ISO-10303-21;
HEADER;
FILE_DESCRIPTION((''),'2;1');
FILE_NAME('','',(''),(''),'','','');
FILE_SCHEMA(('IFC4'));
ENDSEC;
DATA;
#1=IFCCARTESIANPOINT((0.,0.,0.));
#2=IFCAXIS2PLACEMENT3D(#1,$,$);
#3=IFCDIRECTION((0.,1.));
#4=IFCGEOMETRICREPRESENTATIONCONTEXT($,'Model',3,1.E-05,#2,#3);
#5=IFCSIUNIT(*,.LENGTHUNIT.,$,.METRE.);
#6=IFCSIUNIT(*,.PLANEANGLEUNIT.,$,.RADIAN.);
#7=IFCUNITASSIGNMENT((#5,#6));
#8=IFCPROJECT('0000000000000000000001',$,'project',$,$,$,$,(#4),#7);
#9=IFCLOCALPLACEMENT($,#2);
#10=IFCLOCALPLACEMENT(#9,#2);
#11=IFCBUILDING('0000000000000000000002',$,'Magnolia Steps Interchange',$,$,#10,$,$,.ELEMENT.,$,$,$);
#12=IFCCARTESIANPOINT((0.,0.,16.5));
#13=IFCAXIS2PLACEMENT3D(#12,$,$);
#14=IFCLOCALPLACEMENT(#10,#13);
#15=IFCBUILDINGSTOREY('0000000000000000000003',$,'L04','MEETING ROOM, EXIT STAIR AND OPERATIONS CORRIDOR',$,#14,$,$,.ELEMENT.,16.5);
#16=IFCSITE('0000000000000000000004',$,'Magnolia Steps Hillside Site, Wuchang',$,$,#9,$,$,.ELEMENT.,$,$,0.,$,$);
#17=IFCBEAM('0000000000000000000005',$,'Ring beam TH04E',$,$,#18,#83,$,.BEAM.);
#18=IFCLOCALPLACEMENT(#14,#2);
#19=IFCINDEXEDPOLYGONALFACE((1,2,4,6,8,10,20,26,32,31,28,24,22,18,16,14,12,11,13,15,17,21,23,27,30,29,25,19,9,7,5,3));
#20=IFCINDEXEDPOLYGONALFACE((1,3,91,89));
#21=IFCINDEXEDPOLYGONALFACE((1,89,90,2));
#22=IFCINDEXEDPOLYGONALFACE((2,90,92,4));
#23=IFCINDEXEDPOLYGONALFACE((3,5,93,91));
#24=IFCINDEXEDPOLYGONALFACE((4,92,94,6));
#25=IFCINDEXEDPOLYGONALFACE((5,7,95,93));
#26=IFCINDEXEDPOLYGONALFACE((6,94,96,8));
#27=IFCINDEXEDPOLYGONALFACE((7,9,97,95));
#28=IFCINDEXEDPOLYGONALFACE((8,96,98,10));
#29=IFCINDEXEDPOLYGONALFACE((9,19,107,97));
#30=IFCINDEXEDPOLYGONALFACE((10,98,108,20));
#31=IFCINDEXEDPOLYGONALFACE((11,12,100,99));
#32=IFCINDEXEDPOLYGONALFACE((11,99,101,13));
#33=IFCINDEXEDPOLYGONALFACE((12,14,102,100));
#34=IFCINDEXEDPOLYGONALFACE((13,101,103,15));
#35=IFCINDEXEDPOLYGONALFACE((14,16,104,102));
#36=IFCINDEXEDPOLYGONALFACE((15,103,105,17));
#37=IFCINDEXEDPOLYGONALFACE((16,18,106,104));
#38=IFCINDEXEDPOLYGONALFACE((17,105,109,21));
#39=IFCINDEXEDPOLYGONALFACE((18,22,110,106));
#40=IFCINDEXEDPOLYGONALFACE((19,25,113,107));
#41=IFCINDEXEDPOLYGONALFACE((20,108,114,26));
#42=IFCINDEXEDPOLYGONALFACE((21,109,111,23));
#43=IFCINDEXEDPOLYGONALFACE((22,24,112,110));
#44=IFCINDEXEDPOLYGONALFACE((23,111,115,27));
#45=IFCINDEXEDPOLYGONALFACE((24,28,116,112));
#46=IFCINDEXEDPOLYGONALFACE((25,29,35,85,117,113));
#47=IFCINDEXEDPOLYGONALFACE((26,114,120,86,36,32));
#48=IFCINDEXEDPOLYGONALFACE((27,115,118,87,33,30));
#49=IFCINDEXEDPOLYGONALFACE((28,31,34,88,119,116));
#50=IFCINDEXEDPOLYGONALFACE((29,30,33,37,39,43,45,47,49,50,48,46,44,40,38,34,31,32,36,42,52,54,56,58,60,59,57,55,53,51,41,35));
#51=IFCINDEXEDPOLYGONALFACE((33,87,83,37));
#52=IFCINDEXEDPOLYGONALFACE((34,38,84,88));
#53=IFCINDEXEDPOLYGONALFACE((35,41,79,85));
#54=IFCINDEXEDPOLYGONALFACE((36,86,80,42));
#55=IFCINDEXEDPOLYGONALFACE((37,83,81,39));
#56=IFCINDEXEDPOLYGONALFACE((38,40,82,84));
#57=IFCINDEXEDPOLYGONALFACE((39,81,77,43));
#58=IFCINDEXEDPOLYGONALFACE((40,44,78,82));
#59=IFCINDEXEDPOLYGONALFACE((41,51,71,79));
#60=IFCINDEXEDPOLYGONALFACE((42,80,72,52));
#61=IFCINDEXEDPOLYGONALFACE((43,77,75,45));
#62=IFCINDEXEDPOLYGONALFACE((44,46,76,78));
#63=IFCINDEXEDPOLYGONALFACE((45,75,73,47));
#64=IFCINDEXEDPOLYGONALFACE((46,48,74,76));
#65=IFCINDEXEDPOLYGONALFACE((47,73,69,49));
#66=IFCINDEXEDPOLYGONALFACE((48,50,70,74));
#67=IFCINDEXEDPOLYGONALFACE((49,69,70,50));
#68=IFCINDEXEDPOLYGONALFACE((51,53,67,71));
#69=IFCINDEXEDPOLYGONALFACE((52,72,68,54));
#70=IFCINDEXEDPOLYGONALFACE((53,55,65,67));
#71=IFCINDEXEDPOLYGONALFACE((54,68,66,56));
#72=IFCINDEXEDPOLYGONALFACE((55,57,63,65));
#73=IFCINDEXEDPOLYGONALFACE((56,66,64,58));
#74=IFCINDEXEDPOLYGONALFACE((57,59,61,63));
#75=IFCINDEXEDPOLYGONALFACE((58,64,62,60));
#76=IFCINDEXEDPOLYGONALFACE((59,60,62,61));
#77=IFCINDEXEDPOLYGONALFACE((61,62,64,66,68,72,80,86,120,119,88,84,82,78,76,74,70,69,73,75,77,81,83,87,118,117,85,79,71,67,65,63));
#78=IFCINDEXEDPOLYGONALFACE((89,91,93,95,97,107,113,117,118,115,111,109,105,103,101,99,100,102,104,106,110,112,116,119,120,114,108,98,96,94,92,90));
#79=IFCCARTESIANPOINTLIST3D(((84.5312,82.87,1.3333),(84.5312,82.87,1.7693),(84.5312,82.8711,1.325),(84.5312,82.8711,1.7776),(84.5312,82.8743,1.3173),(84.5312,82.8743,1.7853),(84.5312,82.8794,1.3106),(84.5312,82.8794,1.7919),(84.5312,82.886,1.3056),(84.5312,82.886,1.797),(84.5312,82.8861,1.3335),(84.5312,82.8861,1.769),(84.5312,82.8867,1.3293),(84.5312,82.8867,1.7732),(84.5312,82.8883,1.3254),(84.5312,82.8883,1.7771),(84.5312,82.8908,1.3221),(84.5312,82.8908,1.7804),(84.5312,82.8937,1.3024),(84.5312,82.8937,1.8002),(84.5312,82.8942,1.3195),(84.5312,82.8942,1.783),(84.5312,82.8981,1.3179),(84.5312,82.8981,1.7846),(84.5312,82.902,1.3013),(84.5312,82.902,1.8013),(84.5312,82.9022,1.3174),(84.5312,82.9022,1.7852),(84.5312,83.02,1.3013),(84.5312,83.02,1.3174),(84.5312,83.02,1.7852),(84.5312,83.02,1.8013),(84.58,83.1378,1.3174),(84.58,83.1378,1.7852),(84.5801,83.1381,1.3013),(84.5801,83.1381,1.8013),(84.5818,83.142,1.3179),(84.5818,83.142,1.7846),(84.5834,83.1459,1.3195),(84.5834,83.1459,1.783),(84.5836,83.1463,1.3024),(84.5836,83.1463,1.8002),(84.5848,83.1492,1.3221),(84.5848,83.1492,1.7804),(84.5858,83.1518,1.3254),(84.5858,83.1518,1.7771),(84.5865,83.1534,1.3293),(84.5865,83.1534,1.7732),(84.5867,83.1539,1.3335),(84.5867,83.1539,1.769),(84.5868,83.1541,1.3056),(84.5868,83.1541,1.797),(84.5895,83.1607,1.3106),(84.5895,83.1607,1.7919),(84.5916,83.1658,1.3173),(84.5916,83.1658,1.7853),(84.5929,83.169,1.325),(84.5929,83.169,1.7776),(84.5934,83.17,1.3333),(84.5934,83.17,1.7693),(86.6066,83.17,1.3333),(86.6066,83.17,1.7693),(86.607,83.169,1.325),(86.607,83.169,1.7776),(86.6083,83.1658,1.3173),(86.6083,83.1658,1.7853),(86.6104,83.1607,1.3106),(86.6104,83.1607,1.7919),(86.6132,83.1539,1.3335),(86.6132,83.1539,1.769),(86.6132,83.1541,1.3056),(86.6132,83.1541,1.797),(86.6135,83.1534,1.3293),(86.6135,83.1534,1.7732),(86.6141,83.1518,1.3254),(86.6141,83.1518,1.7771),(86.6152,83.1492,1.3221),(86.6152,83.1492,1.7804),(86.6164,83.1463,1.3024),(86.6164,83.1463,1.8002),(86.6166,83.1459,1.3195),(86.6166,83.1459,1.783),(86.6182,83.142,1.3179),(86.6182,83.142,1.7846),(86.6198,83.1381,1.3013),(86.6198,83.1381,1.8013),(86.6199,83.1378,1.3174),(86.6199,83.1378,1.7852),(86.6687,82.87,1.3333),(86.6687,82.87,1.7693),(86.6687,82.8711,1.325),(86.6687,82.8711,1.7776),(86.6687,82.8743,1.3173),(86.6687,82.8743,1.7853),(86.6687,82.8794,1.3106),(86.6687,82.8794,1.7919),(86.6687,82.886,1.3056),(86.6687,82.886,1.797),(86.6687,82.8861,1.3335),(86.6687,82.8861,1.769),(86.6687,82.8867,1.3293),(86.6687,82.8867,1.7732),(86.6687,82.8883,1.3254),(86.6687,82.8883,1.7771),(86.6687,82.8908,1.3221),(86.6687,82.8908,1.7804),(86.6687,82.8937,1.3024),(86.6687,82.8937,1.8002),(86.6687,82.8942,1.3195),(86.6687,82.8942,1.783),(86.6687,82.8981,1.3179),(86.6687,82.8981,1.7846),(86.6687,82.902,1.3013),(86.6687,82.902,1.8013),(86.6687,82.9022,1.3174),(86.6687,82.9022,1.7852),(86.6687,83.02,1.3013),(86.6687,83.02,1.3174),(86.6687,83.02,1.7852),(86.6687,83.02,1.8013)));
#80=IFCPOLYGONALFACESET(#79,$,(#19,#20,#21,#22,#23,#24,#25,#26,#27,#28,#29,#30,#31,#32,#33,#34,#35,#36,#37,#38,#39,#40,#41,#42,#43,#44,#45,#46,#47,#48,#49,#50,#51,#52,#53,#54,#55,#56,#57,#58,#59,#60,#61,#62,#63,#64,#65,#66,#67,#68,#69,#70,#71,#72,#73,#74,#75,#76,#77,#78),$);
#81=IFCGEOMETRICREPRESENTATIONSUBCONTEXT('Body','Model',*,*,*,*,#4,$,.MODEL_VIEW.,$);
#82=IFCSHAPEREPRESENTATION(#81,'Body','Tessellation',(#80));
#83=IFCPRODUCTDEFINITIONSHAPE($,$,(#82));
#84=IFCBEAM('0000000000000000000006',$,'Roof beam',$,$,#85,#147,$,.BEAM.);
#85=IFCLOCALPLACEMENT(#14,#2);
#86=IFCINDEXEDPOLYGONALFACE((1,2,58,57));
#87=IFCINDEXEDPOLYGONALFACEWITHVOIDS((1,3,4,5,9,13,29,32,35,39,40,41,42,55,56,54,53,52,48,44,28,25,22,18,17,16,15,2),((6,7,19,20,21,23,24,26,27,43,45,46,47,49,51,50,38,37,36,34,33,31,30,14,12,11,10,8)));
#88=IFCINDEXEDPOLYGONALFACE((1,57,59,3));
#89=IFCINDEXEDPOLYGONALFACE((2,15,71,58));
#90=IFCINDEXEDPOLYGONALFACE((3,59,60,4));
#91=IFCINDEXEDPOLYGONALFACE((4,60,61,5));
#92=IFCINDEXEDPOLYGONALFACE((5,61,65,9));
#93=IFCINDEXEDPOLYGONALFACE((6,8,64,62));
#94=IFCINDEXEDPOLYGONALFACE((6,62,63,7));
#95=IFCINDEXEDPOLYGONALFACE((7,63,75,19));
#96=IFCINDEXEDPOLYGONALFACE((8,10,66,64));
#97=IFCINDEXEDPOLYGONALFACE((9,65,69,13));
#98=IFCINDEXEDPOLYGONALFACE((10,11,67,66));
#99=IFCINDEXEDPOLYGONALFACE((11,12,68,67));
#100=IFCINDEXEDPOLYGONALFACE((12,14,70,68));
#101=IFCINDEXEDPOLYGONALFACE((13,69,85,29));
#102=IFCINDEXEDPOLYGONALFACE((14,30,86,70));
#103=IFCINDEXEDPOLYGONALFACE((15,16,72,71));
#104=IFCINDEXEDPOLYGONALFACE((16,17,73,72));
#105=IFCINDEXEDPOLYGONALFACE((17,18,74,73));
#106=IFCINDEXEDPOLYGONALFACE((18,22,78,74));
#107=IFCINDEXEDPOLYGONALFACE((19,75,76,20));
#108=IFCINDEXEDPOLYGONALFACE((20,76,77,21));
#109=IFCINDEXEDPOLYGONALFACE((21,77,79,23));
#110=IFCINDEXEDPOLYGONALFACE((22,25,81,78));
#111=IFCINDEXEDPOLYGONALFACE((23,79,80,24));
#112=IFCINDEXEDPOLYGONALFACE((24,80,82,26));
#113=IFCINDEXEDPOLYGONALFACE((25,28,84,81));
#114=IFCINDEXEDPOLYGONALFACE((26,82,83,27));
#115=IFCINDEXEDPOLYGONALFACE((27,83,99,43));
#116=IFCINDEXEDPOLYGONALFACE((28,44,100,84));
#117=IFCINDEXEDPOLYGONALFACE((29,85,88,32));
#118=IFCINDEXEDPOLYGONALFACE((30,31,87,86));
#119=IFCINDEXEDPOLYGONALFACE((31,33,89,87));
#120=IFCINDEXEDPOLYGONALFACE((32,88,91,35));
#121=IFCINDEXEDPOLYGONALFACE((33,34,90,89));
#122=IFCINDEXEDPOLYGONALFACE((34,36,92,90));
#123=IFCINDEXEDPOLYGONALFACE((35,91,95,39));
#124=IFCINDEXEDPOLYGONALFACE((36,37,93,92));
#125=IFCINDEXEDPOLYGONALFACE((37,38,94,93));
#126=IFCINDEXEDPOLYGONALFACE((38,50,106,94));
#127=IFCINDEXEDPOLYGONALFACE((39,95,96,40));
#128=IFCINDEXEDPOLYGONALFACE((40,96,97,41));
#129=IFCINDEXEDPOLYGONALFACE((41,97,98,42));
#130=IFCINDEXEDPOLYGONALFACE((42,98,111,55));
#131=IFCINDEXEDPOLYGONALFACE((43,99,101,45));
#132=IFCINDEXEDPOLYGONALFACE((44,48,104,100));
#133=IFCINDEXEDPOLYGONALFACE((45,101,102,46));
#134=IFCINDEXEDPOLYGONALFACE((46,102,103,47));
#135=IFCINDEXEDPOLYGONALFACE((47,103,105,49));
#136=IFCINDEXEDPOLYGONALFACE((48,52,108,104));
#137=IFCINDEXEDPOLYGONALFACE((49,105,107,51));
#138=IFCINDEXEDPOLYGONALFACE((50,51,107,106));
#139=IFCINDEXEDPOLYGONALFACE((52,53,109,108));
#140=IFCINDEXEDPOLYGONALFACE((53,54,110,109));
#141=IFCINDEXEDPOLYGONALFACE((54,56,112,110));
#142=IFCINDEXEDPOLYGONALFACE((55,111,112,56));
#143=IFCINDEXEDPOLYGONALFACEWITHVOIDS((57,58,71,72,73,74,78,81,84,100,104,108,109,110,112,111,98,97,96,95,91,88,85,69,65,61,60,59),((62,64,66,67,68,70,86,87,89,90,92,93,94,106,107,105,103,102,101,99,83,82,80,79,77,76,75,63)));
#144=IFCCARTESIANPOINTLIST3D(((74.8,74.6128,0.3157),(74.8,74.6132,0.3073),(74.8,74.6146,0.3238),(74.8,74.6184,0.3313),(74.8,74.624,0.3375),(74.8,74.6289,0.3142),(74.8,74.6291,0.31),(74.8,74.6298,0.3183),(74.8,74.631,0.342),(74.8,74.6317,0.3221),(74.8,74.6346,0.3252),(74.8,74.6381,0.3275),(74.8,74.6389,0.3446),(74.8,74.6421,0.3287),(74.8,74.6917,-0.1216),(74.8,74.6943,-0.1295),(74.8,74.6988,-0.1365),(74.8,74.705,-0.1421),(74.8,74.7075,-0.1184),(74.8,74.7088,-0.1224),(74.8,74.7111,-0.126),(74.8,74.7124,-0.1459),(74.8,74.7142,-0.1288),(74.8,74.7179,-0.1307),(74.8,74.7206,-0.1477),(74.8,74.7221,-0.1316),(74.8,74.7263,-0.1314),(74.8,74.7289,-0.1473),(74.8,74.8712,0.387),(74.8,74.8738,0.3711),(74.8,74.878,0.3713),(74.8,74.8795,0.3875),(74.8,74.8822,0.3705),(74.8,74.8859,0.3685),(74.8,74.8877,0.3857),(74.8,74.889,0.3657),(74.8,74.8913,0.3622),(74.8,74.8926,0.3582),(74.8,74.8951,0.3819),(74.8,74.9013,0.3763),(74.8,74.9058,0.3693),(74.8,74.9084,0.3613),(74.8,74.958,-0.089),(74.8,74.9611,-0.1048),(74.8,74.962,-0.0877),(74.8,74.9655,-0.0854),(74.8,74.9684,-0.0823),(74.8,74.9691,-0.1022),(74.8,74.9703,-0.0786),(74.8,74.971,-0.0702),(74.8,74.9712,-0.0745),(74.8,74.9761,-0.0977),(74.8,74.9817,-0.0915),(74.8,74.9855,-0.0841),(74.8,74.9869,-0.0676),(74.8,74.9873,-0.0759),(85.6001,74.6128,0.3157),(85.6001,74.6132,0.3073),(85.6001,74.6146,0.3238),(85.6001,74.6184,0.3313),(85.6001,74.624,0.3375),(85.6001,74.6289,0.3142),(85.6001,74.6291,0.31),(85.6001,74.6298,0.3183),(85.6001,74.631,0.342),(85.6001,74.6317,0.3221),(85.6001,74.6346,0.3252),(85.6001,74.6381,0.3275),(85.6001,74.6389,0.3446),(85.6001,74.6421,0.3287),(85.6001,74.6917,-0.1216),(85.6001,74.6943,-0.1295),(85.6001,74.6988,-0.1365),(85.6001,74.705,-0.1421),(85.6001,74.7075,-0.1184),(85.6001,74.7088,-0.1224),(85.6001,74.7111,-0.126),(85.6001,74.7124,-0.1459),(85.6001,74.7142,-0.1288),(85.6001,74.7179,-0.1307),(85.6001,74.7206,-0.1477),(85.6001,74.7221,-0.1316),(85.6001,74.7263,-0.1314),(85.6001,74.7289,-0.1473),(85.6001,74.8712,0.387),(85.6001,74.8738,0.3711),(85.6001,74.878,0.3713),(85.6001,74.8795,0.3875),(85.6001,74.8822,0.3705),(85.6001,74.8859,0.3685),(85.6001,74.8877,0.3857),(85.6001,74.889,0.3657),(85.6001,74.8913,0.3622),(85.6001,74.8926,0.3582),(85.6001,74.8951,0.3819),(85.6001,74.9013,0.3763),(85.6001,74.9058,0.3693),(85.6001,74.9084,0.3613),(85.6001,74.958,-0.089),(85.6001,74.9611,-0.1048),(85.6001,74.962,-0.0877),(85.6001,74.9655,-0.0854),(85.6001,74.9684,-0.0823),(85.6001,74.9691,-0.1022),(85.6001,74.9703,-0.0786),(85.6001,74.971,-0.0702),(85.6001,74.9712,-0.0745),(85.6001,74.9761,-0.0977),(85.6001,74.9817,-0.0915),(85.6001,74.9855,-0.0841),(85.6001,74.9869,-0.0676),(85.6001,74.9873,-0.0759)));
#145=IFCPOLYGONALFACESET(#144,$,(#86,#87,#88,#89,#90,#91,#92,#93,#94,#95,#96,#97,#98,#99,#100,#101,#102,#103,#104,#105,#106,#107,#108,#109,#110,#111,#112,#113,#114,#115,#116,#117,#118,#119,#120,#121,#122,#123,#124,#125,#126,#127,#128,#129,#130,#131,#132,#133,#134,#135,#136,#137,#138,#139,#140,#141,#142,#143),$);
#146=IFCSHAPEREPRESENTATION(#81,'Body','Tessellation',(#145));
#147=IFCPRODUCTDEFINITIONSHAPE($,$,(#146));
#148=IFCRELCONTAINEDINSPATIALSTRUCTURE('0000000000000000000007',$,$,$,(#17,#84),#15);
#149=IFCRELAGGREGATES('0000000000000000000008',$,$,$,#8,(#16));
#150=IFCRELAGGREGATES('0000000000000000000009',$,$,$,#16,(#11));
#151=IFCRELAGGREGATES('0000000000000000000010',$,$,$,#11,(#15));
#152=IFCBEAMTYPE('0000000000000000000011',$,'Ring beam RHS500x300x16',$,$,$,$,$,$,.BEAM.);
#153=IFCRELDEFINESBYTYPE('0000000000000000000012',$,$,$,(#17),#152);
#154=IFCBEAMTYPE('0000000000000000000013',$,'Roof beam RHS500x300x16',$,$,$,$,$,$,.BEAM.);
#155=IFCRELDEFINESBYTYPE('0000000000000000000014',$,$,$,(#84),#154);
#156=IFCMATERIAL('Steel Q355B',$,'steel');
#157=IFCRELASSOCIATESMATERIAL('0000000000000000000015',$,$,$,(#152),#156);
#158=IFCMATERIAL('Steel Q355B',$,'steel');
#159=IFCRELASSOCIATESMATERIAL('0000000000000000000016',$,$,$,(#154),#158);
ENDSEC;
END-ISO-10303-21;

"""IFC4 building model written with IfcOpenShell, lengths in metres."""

from ifc_helpers import new_model, si_unit, direction, frame, origin, origin_2d, place, context, subcontext, project, spatial, hollow_rectangle, extrude, clip, halfspace, material, material_profile, profile_set, type_object, element, save


model = new_model("IFC4")

# Units and contexts
model_context = context("Model", 3, precision=1e-05, world=origin(), true_north=direction((0.0, 1.0)))
body_context = subcontext(model_context, "Body", "Model", "MODEL_VIEW")
ifc_project = project(units=[si_unit("LENGTHUNIT", "METRE"), si_unit("PLANEANGLEUNIT", "RADIAN")], contexts=[model_context])

# Site, building, storey
site_placement = place(None, origin())
site = spatial("IfcSite", under=ifc_project, at=site_placement, Name="Magnolia Steps Hillside Site, Wuchang", CompositionType="ELEMENT", RefElevation=0.0)
building_placement = place(site_placement, origin())
building = spatial("IfcBuilding", under=site, at=building_placement, Name="Magnolia Steps Interchange", CompositionType="ELEMENT")
storey_placement = place(building_placement, frame((0.0, 0.0, 16.5)))
storey = spatial("IfcBuildingStorey", under=building, at=storey_placement, Name="L04", Description="MEETING ROOM, EXIT STAIR AND OPERATIONS CORRIDOR", CompositionType="ELEMENT", Elevation=16.5)

# Beams
ifc_material_1 = material(Name="Steel Q355B", Category="steel")
ifc_material_profile_1 = material_profile(ifc_material_1, hollow_rectangle(XDim=0.3, YDim=0.5, WallThickness=0.0161, InnerFilletRadius=0.0161, OuterFilletRadius=0.032, at=origin_2d()), Name="RHS500x300x16")
ifc_profile_set_1 = profile_set([ifc_material_profile_1], Name="Steel Q355B")
beam_type_1 = type_object("IfcBeamType", Name="Ring beam RHS500x300x16", PredefinedType="BEAM", material=ifc_profile_set_1)
for number, where, z_axis, x_axis, name in (
    (1, (84.5312, 83.02, 1.5513), (1.0, 0.0, 0.0), (0.0, 1.0, 0.0), "Ring beam TH04E"),
):
    element("IfcBeam", number, at=place(storey_placement, frame(where, z_axis=z_axis, x_axis=x_axis)), inside=storey, type_object=beam_type_1, Name=name, PredefinedType="BEAM", context=body_context, shape_type="Clipping", body=[
        clip(clip(extrude(hollow_rectangle(XDim=0.3, YDim=0.5, WallThickness=0.0161, InnerFilletRadius=0.0161, OuterFilletRadius=0.032, at=origin_2d()), origin(), (0.0, 0.0, 1.0), 2.1375), halfspace(frame((0.0, 0.0, 0.0), z_axis=(0.382683, 0.0, -0.92388), x_axis=(0.92388, 0.0, 0.382683)), False)), halfspace(frame((0.0, 0.0, 2.1375), z_axis=(0.382683, 0.0, 0.92388), x_axis=(0.92388, 0.0, -0.382683)), False)),
    ])
ifc_material_2 = material(Name="Steel Q355B", Category="steel")
ifc_material_profile_2 = material_profile(ifc_material_2, hollow_rectangle(XDim=0.3, YDim=0.5, WallThickness=0.0161, InnerFilletRadius=0.0161, OuterFilletRadius=0.032, at=origin_2d()), Name="RHS500x300x16")
ifc_profile_set_2 = profile_set([ifc_material_profile_2], Name="Steel Q355B")
beam_type_2 = type_object("IfcBeamType", Name="Roof beam RHS500x300x16", PredefinedType="BEAM", material=ifc_profile_set_2)
beam_1_placement = place(storey_placement, frame((74.8, 74.8, 0.1199), z_axis=(1.0, 0.0, 0.0), x_axis=(0.0, 0.983677, 0.179941)))
element("IfcBeam", 2, at=beam_1_placement, inside=storey, type_object=beam_type_2, Name="Roof beam", PredefinedType="BEAM", context=body_context, shape_type="SweptSolid", body=[
    extrude(hollow_rectangle(XDim=0.3, YDim=0.5, WallThickness=0.0161, InnerFilletRadius=0.0161, OuterFilletRadius=0.032, at=origin_2d()), origin(), (0.0, 0.0, 1.0), 10.8),
])

save(model, "model.ifc")
